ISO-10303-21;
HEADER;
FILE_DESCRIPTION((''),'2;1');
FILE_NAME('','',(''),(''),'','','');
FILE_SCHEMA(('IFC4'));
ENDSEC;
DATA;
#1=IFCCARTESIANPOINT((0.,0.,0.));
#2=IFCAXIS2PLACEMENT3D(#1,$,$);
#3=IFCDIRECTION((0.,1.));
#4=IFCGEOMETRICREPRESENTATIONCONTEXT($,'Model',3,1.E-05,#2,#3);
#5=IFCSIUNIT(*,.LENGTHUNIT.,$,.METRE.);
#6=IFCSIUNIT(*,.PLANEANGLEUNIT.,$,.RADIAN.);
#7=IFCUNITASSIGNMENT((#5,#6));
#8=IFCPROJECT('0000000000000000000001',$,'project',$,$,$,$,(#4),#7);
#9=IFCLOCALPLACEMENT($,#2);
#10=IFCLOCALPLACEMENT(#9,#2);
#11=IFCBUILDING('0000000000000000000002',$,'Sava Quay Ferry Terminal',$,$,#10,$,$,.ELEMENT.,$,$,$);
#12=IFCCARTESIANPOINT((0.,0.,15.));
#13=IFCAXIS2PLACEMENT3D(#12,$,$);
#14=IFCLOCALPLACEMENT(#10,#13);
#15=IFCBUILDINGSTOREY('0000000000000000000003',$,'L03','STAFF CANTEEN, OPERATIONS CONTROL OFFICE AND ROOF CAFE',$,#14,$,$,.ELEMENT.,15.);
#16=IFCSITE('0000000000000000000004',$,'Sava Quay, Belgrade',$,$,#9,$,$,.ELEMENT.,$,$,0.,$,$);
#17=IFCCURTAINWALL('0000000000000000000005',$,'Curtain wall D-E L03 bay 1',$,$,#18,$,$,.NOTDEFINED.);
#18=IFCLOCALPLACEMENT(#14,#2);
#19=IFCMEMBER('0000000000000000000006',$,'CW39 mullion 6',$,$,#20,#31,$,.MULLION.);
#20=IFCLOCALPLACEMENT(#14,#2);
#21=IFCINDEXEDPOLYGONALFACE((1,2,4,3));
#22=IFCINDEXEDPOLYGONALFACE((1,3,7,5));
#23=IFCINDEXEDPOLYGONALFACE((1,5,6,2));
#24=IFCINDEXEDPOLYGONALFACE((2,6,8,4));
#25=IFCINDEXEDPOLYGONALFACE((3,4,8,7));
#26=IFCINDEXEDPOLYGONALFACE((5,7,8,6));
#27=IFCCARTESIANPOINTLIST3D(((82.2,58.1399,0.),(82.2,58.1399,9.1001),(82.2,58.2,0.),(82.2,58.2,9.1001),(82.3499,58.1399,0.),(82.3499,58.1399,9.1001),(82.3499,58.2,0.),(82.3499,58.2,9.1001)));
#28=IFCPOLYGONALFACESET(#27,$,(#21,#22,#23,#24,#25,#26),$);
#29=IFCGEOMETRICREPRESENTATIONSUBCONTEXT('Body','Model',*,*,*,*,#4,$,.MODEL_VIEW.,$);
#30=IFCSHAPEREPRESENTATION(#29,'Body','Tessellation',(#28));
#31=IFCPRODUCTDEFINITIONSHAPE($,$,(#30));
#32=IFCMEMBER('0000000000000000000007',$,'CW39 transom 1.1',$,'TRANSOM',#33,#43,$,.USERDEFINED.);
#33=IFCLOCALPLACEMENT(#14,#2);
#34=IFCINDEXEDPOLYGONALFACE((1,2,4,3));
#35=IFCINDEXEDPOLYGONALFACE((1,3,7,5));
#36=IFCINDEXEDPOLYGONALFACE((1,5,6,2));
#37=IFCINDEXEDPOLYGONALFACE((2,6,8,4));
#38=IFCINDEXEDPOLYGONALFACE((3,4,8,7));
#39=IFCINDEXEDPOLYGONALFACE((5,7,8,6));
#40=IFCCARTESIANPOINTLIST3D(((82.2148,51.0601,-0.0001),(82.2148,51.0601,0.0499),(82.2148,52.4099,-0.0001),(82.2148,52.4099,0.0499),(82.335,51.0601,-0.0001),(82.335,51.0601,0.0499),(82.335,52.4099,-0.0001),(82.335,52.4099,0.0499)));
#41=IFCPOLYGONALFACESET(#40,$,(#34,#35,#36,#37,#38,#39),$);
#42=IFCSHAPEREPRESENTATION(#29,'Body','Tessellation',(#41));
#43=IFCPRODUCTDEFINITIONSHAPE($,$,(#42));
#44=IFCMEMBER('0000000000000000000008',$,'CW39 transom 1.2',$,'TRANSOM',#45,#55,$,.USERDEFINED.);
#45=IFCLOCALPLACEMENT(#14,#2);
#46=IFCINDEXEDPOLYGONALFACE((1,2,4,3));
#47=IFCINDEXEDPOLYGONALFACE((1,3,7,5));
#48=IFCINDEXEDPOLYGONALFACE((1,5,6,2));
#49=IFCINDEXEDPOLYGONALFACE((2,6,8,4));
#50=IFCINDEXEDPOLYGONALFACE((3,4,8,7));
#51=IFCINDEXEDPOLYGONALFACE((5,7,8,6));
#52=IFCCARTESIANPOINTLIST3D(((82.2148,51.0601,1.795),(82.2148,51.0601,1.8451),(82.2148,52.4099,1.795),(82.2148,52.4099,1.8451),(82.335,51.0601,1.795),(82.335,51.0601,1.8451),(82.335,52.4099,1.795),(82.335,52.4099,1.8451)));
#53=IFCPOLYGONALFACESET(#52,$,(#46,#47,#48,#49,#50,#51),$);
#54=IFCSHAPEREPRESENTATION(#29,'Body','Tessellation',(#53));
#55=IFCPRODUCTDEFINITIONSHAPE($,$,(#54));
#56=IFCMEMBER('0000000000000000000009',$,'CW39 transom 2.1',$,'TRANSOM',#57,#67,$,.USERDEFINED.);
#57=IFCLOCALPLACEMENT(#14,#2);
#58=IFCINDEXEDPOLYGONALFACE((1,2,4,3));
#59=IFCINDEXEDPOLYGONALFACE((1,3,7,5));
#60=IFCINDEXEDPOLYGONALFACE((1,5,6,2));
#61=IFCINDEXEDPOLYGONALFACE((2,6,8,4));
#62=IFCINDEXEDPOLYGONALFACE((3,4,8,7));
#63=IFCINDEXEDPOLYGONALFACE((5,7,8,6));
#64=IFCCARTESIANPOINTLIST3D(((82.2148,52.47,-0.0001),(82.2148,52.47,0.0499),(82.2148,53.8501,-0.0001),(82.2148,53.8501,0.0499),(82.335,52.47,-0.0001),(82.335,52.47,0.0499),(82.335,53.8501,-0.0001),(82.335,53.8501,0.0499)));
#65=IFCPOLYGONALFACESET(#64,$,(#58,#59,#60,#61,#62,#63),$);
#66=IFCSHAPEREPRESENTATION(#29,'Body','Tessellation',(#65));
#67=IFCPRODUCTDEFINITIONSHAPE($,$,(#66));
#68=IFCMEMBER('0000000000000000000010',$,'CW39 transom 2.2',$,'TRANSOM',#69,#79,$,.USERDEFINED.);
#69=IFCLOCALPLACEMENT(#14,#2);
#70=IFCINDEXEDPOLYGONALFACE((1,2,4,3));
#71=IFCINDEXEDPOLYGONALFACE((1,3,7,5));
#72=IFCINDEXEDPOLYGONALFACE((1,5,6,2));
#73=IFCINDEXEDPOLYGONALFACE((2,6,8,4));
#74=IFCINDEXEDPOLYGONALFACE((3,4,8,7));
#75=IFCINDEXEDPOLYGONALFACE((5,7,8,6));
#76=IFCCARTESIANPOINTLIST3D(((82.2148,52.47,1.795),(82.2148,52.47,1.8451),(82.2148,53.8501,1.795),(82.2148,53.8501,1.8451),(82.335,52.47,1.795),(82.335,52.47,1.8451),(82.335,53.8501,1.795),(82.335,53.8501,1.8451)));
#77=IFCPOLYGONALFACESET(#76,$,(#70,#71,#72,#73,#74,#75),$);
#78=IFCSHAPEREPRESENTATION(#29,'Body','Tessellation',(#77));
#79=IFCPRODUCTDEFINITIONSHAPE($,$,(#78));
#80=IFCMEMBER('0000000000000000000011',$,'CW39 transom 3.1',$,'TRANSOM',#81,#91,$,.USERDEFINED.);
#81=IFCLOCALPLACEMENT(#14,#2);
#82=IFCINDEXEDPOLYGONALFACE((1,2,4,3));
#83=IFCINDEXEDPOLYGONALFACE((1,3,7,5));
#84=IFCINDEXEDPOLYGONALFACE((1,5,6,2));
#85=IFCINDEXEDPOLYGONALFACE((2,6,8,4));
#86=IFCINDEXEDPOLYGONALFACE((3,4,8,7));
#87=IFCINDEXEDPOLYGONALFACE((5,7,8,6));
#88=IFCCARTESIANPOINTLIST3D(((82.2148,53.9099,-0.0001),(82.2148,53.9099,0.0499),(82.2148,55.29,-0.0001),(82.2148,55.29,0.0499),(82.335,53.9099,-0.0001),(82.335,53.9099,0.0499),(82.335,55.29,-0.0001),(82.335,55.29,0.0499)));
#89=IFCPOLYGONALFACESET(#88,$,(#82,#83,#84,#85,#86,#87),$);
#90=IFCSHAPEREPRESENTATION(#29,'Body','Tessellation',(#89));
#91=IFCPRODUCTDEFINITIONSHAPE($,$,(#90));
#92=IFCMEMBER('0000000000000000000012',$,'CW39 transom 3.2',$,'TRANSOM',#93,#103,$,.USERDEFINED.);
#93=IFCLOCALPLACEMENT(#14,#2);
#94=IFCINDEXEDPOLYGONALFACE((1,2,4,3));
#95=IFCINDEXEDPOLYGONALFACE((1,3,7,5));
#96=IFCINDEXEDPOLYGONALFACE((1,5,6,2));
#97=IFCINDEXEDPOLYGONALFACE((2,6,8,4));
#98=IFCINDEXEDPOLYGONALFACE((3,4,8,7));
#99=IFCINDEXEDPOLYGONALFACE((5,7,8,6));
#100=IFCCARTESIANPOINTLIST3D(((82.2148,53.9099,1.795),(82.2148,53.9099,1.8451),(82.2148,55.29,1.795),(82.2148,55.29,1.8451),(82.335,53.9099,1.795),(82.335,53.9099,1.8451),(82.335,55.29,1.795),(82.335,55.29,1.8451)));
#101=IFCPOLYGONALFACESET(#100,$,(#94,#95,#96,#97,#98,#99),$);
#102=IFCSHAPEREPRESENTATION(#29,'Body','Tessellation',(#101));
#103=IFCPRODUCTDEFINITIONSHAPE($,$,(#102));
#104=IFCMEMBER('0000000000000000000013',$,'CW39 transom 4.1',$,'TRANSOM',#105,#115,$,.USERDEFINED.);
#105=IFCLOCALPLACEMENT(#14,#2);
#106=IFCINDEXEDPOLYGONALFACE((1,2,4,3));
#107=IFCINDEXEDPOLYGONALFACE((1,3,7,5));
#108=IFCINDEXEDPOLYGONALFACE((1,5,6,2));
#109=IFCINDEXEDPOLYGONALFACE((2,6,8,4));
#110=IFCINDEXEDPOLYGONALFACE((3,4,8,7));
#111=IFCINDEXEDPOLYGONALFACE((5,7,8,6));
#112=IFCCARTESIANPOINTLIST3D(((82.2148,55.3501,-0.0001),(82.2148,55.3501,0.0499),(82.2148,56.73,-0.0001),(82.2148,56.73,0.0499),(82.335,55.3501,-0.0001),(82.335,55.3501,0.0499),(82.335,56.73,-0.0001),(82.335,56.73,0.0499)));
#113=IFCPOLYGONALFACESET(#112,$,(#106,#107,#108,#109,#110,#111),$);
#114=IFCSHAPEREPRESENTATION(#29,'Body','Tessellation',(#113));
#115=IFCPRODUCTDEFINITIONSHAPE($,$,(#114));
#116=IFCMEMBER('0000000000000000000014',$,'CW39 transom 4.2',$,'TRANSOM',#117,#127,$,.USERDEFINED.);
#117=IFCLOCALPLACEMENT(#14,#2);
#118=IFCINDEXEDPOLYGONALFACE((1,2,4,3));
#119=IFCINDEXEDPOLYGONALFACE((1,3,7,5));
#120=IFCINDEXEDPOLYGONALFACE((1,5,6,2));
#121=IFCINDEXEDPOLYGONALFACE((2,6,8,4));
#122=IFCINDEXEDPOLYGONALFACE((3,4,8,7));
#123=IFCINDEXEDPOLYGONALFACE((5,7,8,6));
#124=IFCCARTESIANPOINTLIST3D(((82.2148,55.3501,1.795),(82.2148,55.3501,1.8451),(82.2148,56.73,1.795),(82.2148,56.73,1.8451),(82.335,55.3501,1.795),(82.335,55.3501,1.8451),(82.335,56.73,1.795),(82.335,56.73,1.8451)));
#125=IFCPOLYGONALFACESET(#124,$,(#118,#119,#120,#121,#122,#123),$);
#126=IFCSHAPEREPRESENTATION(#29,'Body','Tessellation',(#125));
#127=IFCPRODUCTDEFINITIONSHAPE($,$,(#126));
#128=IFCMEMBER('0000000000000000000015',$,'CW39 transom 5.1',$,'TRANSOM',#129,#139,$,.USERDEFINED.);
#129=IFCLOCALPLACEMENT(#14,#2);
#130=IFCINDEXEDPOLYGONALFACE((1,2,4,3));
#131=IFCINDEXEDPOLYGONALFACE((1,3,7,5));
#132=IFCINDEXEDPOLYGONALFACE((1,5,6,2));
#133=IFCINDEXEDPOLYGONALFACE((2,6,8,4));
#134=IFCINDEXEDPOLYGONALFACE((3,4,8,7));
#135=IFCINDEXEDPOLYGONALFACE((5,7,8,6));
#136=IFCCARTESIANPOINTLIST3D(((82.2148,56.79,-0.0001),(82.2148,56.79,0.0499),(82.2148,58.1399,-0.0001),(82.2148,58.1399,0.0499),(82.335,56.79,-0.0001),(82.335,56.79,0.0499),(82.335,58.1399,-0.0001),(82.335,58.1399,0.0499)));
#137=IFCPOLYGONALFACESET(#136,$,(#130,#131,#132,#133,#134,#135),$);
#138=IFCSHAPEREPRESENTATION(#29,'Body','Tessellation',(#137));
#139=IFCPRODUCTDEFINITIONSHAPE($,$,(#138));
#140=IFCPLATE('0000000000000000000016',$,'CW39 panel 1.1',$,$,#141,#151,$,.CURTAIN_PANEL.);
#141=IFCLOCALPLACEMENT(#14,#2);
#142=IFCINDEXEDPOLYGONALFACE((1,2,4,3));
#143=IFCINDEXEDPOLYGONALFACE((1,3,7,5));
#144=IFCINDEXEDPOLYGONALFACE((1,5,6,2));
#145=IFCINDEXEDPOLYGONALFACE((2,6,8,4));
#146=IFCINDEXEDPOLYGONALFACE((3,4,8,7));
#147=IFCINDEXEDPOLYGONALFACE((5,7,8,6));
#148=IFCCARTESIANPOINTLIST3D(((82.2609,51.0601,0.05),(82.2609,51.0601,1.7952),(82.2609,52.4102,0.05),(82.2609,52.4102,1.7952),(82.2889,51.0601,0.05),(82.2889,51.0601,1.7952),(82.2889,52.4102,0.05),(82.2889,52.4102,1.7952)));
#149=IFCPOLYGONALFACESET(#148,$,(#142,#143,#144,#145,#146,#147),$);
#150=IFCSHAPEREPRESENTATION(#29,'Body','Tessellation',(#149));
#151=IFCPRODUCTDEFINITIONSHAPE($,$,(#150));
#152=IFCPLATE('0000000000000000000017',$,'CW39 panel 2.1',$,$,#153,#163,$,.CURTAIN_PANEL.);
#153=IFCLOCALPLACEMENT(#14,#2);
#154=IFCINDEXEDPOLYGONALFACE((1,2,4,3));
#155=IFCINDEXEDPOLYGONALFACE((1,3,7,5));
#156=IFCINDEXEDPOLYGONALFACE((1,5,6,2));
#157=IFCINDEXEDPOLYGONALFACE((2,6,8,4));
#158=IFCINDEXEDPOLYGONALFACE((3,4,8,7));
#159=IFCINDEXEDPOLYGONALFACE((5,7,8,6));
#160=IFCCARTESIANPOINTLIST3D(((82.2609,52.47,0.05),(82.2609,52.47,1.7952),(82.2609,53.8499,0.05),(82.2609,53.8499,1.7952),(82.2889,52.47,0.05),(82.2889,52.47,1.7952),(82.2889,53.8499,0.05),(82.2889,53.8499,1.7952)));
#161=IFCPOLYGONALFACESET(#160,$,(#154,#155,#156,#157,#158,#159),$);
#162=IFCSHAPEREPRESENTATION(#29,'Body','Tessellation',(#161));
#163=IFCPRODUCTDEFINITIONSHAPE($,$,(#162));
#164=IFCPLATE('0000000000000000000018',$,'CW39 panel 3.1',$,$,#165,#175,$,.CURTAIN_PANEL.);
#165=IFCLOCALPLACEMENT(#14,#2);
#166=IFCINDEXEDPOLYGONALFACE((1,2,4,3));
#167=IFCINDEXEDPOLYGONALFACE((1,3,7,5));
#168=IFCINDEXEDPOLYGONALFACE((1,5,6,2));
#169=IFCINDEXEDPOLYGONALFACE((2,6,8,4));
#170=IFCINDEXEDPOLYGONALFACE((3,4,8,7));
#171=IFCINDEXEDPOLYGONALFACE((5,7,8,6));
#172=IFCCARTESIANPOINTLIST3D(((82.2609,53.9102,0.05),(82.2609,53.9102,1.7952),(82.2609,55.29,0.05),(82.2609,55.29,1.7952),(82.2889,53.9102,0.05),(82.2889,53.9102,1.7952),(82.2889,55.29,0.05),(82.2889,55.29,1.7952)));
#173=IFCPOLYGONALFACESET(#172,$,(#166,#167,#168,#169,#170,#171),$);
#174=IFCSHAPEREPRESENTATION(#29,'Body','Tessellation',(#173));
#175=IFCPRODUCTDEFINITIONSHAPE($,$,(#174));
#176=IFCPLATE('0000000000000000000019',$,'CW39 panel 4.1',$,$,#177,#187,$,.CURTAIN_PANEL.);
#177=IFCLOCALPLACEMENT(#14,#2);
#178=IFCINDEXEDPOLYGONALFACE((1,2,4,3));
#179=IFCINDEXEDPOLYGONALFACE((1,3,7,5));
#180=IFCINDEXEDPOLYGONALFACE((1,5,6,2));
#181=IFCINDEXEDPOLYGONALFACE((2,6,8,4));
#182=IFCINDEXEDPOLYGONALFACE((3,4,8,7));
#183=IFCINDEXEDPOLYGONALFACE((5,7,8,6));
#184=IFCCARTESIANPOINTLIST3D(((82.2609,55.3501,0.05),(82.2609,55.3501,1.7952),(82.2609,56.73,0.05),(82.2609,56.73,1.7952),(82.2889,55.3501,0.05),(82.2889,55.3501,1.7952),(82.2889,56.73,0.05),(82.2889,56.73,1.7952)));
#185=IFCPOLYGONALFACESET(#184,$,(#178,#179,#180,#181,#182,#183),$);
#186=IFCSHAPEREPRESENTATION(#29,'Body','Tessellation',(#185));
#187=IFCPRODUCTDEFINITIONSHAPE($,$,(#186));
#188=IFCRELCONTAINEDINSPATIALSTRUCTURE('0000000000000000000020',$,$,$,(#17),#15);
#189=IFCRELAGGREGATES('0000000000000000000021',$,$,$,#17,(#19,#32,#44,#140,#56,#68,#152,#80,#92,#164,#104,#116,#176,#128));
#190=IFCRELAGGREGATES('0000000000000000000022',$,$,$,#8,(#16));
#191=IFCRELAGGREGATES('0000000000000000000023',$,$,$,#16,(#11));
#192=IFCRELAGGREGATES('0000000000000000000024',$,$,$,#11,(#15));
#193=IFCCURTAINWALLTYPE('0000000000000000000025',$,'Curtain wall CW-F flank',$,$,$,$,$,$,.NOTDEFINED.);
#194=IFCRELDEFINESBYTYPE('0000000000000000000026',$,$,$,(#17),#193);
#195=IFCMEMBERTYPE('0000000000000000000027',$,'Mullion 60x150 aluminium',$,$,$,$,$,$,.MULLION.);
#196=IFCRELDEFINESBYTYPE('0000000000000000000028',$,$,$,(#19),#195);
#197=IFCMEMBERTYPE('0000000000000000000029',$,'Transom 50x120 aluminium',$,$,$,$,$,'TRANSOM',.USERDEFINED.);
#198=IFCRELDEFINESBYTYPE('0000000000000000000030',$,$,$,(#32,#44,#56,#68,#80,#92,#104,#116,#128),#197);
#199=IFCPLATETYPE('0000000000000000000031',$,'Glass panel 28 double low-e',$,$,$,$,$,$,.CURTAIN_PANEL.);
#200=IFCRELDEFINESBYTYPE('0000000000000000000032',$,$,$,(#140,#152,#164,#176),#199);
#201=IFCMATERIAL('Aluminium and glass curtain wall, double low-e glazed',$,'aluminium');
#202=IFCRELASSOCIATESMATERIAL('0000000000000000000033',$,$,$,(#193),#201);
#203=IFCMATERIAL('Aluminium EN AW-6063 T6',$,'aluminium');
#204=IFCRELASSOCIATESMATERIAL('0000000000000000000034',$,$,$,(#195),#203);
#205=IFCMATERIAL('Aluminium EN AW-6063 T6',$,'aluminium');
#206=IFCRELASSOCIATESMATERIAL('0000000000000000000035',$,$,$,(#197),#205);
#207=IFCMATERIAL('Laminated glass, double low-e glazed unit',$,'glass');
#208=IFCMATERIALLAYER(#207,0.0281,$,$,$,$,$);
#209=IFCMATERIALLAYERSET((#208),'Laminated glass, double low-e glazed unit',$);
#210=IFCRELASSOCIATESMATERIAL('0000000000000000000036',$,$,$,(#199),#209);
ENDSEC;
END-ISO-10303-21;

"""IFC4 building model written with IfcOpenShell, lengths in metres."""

from ifc_helpers import new_model, si_unit, direction, frame, origin, origin_2d, place, context, subcontext, project, spatial, rectangle, extrude, material, layer, layer_set, material_profile, profile_set, type_object, element, aggregate, save


model = new_model("IFC4")

# Units and contexts
model_context = context("Model", 3, precision=1e-05, world=origin(), true_north=direction((0.0, 1.0)))
body_context = subcontext(model_context, "Body", "Model", "MODEL_VIEW")
ifc_project = project(units=[si_unit("LENGTHUNIT", "METRE"), si_unit("PLANEANGLEUNIT", "RADIAN")], contexts=[model_context])

# Site, building, storey
site_placement = place(None, origin())
site = spatial("IfcSite", under=ifc_project, at=site_placement, Name="Sava Quay, Belgrade", CompositionType="ELEMENT", RefElevation=0.0)
building_placement = place(site_placement, origin())
building = spatial("IfcBuilding", under=site, at=building_placement, Name="Sava Quay Ferry Terminal", CompositionType="ELEMENT")
storey_placement = place(building_placement, frame((0.0, 0.0, 15.0)))
storey = spatial("IfcBuildingStorey", under=building, at=storey_placement, Name="L03", Description="STAFF CANTEEN, OPERATIONS CONTROL OFFICE AND ROOF CAFE", CompositionType="ELEMENT", Elevation=15.0)

# Curtain wall, members, plates
ifc_material_1 = material(Name="Aluminium and glass curtain wall, double low-e glazed", Category="aluminium")
curtain_wall_type = type_object("IfcCurtainWallType", Name="Curtain wall CW-F flank", PredefinedType="NOTDEFINED", material=ifc_material_1)
curtain_wall_placement = place(storey_placement, origin())
curtain_wall = element("IfcCurtainWall", 1, at=curtain_wall_placement, inside=storey, type_object=curtain_wall_type, Name="Curtain wall D-E L03 bay 1", PredefinedType="NOTDEFINED")
ifc_material_2 = material(Name="Aluminium EN AW-6063 T6", Category="aluminium")
ifc_material_profile_1 = material_profile(ifc_material_2, rectangle(XDim=0.1499, YDim=0.0601, at=origin_2d()), Name="Mullion 60x150 aluminium")
ifc_profile_set_1 = profile_set([ifc_material_profile_1], Name="Aluminium EN AW-6063 T6")
member_type_1 = type_object("IfcMemberType", Name="Mullion 60x150 aluminium", PredefinedType="MULLION", material=ifc_profile_set_1)
member_1_placement = place(storey_placement, frame((82.2749, 58.1699, 0.0), z_axis=(0.0, 0.0, 1.0), x_axis=(-1.0, 0.0, 0.0)))
member_1 = element("IfcMember", 2, at=member_1_placement, type_object=member_type_1, Name="CW39 mullion 6", PredefinedType="MULLION", context=body_context, shape_type="SweptSolid", body=[
    extrude(rectangle(XDim=0.1499, YDim=0.0601, at=origin_2d()), origin(), (0.0, 0.0, 1.0), 9.1001),
])
ifc_material_3 = material(Name="Aluminium EN AW-6063 T6", Category="aluminium")
ifc_material_profile_2 = material_profile(ifc_material_3, rectangle(XDim=0.1201, YDim=0.05, at=origin_2d()), Name="Transom 50x120 aluminium")
ifc_profile_set_2 = profile_set([ifc_material_profile_2], Name="Aluminium EN AW-6063 T6")
member_type_2 = type_object("IfcMemberType", Name="Transom 50x120 aluminium", ElementType="TRANSOM", PredefinedType="USERDEFINED", material=ifc_profile_set_2)
member_2_placement = place(storey_placement, frame((82.2749, 51.0601, 0.0249), z_axis=(0.0, 1.0, 0.0), x_axis=(-1.0, 0.0, 0.0)))
member_2 = element("IfcMember", 3, at=member_2_placement, type_object=member_type_2, Name="CW39 transom 1.1", ObjectType="TRANSOM", PredefinedType="USERDEFINED", context=body_context, shape_type="SweptSolid", body=[
    extrude(rectangle(XDim=0.1201, YDim=0.05, at=origin_2d()), origin(), (0.0, 0.0, 1.0), 1.3499),
])
member_3_placement = place(storey_placement, frame((82.2749, 51.0601, 1.8201), z_axis=(0.0, 1.0, 0.0), x_axis=(-1.0, 0.0, 0.0)))
member_3 = element("IfcMember", 4, at=member_3_placement, type_object=member_type_2, Name="CW39 transom 1.2", ObjectType="TRANSOM", PredefinedType="USERDEFINED", context=body_context, shape_type="SweptSolid", body=[
    extrude(rectangle(XDim=0.1201, YDim=0.05, at=origin_2d()), origin(), (0.0, 0.0, 1.0), 1.3499),
])
member_4_placement = place(storey_placement, frame((82.2749, 52.47, 0.0249), z_axis=(0.0, 1.0, 0.0), x_axis=(-1.0, 0.0, 0.0)))
member_4 = element("IfcMember", 5, at=member_4_placement, type_object=member_type_2, Name="CW39 transom 2.1", ObjectType="TRANSOM", PredefinedType="USERDEFINED", context=body_context, shape_type="SweptSolid", body=[
    extrude(rectangle(XDim=0.1201, YDim=0.05, at=origin_2d()), origin(), (0.0, 0.0, 1.0), 1.3801),
])
member_5_placement = place(storey_placement, frame((82.2749, 52.47, 1.8201), z_axis=(0.0, 1.0, 0.0), x_axis=(-1.0, 0.0, 0.0)))
member_5 = element("IfcMember", 6, at=member_5_placement, type_object=member_type_2, Name="CW39 transom 2.2", ObjectType="TRANSOM", PredefinedType="USERDEFINED", context=body_context, shape_type="SweptSolid", body=[
    extrude(rectangle(XDim=0.1201, YDim=0.05, at=origin_2d()), origin(), (0.0, 0.0, 1.0), 1.3801),
])
member_6_placement = place(storey_placement, frame((82.2749, 53.9099, 0.0249), z_axis=(0.0, 1.0, 0.0), x_axis=(-1.0, 0.0, 0.0)))
member_6 = element("IfcMember", 7, at=member_6_placement, type_object=member_type_2, Name="CW39 transom 3.1", ObjectType="TRANSOM", PredefinedType="USERDEFINED", context=body_context, shape_type="SweptSolid", body=[
    extrude(rectangle(XDim=0.1201, YDim=0.05, at=origin_2d()), origin(), (0.0, 0.0, 1.0), 1.3801),
])
member_7_placement = place(storey_placement, frame((82.2749, 53.9099, 1.8201), z_axis=(0.0, 1.0, 0.0), x_axis=(-1.0, 0.0, 0.0)))
member_7 = element("IfcMember", 8, at=member_7_placement, type_object=member_type_2, Name="CW39 transom 3.2", ObjectType="TRANSOM", PredefinedType="USERDEFINED", context=body_context, shape_type="SweptSolid", body=[
    extrude(rectangle(XDim=0.1201, YDim=0.05, at=origin_2d()), origin(), (0.0, 0.0, 1.0), 1.3801),
])
member_8_placement = place(storey_placement, frame((82.2749, 55.3501, 0.0249), z_axis=(0.0, 1.0, 0.0), x_axis=(-1.0, 0.0, 0.0)))
member_8 = element("IfcMember", 9, at=member_8_placement, type_object=member_type_2, Name="CW39 transom 4.1", ObjectType="TRANSOM", PredefinedType="USERDEFINED", context=body_context, shape_type="SweptSolid", body=[
    extrude(rectangle(XDim=0.1201, YDim=0.05, at=origin_2d()), origin(), (0.0, 0.0, 1.0), 1.3799),
])
member_9_placement = place(storey_placement, frame((82.2749, 55.3501, 1.8201), z_axis=(0.0, 1.0, 0.0), x_axis=(-1.0, 0.0, 0.0)))
member_9 = element("IfcMember", 10, at=member_9_placement, type_object=member_type_2, Name="CW39 transom 4.2", ObjectType="TRANSOM", PredefinedType="USERDEFINED", context=body_context, shape_type="SweptSolid", body=[
    extrude(rectangle(XDim=0.1201, YDim=0.05, at=origin_2d()), origin(), (0.0, 0.0, 1.0), 1.3799),
])
member_10_placement = place(storey_placement, frame((82.2749, 56.79, 0.0249), z_axis=(0.0, 1.0, 0.0), x_axis=(-1.0, 0.0, 0.0)))
member_10 = element("IfcMember", 11, at=member_10_placement, type_object=member_type_2, Name="CW39 transom 5.1", ObjectType="TRANSOM", PredefinedType="USERDEFINED", context=body_context, shape_type="SweptSolid", body=[
    extrude(rectangle(XDim=0.1201, YDim=0.05, at=origin_2d()), origin(), (0.0, 0.0, 1.0), 1.3499),
])
ifc_material_4 = material(Name="Laminated glass, double low-e glazed unit", Category="glass")
ifc_layer = layer(ifc_material_4, 0.0281)
ifc_layer_set = layer_set([ifc_layer], Name="Laminated glass, double low-e glazed unit")
plate_type = type_object("IfcPlateType", Name="Glass panel 28 double low-e", PredefinedType="CURTAIN_PANEL", material=ifc_layer_set)
plate_1_placement = place(storey_placement, frame((82.2749, 51.7351, 0.05), z_axis=(0.0, 0.0, 1.0), x_axis=(0.0, 1.0, 0.0)))
plate_1 = element("IfcPlate", 12, at=plate_1_placement, type_object=plate_type, Name="CW39 panel 1.1", PredefinedType="CURTAIN_PANEL", context=body_context, shape_type="SweptSolid", body=[
    extrude(rectangle(XDim=1.3501, YDim=0.0281, at=origin_2d()), origin(), (0.0, 0.0, 1.0), 1.7451),
])
plate_2_placement = place(storey_placement, frame((82.2749, 53.1599, 0.05), z_axis=(0.0, 0.0, 1.0), x_axis=(0.0, 1.0, 0.0)))
plate_2 = element("IfcPlate", 13, at=plate_2_placement, type_object=plate_type, Name="CW39 panel 2.1", PredefinedType="CURTAIN_PANEL", context=body_context, shape_type="SweptSolid", body=[
    extrude(rectangle(XDim=1.3799, YDim=0.0281, at=origin_2d()), origin(), (0.0, 0.0, 1.0), 1.7451),
])
plate_3_placement = place(storey_placement, frame((82.2749, 54.6001, 0.05), z_axis=(0.0, 0.0, 1.0), x_axis=(0.0, 1.0, 0.0)))
plate_3 = element("IfcPlate", 14, at=plate_3_placement, type_object=plate_type, Name="CW39 panel 3.1", PredefinedType="CURTAIN_PANEL", context=body_context, shape_type="SweptSolid", body=[
    extrude(rectangle(XDim=1.3799, YDim=0.0281, at=origin_2d()), origin(), (0.0, 0.0, 1.0), 1.7451),
])
plate_4_placement = place(storey_placement, frame((82.2749, 56.04, 0.05), z_axis=(0.0, 0.0, 1.0), x_axis=(0.0, 1.0, 0.0)))
plate_4 = element("IfcPlate", 15, at=plate_4_placement, type_object=plate_type, Name="CW39 panel 4.1", PredefinedType="CURTAIN_PANEL", context=body_context, shape_type="SweptSolid", body=[
    extrude(rectangle(XDim=1.3799, YDim=0.0281, at=origin_2d()), origin(), (0.0, 0.0, 1.0), 1.7451),
])
aggregate(curtain_wall, [member_1, member_2, member_3, plate_1, member_4, member_5, plate_2, member_6, member_7, plate_3, member_8, member_9, plate_4, member_10])

save(model, "model.ifc")
